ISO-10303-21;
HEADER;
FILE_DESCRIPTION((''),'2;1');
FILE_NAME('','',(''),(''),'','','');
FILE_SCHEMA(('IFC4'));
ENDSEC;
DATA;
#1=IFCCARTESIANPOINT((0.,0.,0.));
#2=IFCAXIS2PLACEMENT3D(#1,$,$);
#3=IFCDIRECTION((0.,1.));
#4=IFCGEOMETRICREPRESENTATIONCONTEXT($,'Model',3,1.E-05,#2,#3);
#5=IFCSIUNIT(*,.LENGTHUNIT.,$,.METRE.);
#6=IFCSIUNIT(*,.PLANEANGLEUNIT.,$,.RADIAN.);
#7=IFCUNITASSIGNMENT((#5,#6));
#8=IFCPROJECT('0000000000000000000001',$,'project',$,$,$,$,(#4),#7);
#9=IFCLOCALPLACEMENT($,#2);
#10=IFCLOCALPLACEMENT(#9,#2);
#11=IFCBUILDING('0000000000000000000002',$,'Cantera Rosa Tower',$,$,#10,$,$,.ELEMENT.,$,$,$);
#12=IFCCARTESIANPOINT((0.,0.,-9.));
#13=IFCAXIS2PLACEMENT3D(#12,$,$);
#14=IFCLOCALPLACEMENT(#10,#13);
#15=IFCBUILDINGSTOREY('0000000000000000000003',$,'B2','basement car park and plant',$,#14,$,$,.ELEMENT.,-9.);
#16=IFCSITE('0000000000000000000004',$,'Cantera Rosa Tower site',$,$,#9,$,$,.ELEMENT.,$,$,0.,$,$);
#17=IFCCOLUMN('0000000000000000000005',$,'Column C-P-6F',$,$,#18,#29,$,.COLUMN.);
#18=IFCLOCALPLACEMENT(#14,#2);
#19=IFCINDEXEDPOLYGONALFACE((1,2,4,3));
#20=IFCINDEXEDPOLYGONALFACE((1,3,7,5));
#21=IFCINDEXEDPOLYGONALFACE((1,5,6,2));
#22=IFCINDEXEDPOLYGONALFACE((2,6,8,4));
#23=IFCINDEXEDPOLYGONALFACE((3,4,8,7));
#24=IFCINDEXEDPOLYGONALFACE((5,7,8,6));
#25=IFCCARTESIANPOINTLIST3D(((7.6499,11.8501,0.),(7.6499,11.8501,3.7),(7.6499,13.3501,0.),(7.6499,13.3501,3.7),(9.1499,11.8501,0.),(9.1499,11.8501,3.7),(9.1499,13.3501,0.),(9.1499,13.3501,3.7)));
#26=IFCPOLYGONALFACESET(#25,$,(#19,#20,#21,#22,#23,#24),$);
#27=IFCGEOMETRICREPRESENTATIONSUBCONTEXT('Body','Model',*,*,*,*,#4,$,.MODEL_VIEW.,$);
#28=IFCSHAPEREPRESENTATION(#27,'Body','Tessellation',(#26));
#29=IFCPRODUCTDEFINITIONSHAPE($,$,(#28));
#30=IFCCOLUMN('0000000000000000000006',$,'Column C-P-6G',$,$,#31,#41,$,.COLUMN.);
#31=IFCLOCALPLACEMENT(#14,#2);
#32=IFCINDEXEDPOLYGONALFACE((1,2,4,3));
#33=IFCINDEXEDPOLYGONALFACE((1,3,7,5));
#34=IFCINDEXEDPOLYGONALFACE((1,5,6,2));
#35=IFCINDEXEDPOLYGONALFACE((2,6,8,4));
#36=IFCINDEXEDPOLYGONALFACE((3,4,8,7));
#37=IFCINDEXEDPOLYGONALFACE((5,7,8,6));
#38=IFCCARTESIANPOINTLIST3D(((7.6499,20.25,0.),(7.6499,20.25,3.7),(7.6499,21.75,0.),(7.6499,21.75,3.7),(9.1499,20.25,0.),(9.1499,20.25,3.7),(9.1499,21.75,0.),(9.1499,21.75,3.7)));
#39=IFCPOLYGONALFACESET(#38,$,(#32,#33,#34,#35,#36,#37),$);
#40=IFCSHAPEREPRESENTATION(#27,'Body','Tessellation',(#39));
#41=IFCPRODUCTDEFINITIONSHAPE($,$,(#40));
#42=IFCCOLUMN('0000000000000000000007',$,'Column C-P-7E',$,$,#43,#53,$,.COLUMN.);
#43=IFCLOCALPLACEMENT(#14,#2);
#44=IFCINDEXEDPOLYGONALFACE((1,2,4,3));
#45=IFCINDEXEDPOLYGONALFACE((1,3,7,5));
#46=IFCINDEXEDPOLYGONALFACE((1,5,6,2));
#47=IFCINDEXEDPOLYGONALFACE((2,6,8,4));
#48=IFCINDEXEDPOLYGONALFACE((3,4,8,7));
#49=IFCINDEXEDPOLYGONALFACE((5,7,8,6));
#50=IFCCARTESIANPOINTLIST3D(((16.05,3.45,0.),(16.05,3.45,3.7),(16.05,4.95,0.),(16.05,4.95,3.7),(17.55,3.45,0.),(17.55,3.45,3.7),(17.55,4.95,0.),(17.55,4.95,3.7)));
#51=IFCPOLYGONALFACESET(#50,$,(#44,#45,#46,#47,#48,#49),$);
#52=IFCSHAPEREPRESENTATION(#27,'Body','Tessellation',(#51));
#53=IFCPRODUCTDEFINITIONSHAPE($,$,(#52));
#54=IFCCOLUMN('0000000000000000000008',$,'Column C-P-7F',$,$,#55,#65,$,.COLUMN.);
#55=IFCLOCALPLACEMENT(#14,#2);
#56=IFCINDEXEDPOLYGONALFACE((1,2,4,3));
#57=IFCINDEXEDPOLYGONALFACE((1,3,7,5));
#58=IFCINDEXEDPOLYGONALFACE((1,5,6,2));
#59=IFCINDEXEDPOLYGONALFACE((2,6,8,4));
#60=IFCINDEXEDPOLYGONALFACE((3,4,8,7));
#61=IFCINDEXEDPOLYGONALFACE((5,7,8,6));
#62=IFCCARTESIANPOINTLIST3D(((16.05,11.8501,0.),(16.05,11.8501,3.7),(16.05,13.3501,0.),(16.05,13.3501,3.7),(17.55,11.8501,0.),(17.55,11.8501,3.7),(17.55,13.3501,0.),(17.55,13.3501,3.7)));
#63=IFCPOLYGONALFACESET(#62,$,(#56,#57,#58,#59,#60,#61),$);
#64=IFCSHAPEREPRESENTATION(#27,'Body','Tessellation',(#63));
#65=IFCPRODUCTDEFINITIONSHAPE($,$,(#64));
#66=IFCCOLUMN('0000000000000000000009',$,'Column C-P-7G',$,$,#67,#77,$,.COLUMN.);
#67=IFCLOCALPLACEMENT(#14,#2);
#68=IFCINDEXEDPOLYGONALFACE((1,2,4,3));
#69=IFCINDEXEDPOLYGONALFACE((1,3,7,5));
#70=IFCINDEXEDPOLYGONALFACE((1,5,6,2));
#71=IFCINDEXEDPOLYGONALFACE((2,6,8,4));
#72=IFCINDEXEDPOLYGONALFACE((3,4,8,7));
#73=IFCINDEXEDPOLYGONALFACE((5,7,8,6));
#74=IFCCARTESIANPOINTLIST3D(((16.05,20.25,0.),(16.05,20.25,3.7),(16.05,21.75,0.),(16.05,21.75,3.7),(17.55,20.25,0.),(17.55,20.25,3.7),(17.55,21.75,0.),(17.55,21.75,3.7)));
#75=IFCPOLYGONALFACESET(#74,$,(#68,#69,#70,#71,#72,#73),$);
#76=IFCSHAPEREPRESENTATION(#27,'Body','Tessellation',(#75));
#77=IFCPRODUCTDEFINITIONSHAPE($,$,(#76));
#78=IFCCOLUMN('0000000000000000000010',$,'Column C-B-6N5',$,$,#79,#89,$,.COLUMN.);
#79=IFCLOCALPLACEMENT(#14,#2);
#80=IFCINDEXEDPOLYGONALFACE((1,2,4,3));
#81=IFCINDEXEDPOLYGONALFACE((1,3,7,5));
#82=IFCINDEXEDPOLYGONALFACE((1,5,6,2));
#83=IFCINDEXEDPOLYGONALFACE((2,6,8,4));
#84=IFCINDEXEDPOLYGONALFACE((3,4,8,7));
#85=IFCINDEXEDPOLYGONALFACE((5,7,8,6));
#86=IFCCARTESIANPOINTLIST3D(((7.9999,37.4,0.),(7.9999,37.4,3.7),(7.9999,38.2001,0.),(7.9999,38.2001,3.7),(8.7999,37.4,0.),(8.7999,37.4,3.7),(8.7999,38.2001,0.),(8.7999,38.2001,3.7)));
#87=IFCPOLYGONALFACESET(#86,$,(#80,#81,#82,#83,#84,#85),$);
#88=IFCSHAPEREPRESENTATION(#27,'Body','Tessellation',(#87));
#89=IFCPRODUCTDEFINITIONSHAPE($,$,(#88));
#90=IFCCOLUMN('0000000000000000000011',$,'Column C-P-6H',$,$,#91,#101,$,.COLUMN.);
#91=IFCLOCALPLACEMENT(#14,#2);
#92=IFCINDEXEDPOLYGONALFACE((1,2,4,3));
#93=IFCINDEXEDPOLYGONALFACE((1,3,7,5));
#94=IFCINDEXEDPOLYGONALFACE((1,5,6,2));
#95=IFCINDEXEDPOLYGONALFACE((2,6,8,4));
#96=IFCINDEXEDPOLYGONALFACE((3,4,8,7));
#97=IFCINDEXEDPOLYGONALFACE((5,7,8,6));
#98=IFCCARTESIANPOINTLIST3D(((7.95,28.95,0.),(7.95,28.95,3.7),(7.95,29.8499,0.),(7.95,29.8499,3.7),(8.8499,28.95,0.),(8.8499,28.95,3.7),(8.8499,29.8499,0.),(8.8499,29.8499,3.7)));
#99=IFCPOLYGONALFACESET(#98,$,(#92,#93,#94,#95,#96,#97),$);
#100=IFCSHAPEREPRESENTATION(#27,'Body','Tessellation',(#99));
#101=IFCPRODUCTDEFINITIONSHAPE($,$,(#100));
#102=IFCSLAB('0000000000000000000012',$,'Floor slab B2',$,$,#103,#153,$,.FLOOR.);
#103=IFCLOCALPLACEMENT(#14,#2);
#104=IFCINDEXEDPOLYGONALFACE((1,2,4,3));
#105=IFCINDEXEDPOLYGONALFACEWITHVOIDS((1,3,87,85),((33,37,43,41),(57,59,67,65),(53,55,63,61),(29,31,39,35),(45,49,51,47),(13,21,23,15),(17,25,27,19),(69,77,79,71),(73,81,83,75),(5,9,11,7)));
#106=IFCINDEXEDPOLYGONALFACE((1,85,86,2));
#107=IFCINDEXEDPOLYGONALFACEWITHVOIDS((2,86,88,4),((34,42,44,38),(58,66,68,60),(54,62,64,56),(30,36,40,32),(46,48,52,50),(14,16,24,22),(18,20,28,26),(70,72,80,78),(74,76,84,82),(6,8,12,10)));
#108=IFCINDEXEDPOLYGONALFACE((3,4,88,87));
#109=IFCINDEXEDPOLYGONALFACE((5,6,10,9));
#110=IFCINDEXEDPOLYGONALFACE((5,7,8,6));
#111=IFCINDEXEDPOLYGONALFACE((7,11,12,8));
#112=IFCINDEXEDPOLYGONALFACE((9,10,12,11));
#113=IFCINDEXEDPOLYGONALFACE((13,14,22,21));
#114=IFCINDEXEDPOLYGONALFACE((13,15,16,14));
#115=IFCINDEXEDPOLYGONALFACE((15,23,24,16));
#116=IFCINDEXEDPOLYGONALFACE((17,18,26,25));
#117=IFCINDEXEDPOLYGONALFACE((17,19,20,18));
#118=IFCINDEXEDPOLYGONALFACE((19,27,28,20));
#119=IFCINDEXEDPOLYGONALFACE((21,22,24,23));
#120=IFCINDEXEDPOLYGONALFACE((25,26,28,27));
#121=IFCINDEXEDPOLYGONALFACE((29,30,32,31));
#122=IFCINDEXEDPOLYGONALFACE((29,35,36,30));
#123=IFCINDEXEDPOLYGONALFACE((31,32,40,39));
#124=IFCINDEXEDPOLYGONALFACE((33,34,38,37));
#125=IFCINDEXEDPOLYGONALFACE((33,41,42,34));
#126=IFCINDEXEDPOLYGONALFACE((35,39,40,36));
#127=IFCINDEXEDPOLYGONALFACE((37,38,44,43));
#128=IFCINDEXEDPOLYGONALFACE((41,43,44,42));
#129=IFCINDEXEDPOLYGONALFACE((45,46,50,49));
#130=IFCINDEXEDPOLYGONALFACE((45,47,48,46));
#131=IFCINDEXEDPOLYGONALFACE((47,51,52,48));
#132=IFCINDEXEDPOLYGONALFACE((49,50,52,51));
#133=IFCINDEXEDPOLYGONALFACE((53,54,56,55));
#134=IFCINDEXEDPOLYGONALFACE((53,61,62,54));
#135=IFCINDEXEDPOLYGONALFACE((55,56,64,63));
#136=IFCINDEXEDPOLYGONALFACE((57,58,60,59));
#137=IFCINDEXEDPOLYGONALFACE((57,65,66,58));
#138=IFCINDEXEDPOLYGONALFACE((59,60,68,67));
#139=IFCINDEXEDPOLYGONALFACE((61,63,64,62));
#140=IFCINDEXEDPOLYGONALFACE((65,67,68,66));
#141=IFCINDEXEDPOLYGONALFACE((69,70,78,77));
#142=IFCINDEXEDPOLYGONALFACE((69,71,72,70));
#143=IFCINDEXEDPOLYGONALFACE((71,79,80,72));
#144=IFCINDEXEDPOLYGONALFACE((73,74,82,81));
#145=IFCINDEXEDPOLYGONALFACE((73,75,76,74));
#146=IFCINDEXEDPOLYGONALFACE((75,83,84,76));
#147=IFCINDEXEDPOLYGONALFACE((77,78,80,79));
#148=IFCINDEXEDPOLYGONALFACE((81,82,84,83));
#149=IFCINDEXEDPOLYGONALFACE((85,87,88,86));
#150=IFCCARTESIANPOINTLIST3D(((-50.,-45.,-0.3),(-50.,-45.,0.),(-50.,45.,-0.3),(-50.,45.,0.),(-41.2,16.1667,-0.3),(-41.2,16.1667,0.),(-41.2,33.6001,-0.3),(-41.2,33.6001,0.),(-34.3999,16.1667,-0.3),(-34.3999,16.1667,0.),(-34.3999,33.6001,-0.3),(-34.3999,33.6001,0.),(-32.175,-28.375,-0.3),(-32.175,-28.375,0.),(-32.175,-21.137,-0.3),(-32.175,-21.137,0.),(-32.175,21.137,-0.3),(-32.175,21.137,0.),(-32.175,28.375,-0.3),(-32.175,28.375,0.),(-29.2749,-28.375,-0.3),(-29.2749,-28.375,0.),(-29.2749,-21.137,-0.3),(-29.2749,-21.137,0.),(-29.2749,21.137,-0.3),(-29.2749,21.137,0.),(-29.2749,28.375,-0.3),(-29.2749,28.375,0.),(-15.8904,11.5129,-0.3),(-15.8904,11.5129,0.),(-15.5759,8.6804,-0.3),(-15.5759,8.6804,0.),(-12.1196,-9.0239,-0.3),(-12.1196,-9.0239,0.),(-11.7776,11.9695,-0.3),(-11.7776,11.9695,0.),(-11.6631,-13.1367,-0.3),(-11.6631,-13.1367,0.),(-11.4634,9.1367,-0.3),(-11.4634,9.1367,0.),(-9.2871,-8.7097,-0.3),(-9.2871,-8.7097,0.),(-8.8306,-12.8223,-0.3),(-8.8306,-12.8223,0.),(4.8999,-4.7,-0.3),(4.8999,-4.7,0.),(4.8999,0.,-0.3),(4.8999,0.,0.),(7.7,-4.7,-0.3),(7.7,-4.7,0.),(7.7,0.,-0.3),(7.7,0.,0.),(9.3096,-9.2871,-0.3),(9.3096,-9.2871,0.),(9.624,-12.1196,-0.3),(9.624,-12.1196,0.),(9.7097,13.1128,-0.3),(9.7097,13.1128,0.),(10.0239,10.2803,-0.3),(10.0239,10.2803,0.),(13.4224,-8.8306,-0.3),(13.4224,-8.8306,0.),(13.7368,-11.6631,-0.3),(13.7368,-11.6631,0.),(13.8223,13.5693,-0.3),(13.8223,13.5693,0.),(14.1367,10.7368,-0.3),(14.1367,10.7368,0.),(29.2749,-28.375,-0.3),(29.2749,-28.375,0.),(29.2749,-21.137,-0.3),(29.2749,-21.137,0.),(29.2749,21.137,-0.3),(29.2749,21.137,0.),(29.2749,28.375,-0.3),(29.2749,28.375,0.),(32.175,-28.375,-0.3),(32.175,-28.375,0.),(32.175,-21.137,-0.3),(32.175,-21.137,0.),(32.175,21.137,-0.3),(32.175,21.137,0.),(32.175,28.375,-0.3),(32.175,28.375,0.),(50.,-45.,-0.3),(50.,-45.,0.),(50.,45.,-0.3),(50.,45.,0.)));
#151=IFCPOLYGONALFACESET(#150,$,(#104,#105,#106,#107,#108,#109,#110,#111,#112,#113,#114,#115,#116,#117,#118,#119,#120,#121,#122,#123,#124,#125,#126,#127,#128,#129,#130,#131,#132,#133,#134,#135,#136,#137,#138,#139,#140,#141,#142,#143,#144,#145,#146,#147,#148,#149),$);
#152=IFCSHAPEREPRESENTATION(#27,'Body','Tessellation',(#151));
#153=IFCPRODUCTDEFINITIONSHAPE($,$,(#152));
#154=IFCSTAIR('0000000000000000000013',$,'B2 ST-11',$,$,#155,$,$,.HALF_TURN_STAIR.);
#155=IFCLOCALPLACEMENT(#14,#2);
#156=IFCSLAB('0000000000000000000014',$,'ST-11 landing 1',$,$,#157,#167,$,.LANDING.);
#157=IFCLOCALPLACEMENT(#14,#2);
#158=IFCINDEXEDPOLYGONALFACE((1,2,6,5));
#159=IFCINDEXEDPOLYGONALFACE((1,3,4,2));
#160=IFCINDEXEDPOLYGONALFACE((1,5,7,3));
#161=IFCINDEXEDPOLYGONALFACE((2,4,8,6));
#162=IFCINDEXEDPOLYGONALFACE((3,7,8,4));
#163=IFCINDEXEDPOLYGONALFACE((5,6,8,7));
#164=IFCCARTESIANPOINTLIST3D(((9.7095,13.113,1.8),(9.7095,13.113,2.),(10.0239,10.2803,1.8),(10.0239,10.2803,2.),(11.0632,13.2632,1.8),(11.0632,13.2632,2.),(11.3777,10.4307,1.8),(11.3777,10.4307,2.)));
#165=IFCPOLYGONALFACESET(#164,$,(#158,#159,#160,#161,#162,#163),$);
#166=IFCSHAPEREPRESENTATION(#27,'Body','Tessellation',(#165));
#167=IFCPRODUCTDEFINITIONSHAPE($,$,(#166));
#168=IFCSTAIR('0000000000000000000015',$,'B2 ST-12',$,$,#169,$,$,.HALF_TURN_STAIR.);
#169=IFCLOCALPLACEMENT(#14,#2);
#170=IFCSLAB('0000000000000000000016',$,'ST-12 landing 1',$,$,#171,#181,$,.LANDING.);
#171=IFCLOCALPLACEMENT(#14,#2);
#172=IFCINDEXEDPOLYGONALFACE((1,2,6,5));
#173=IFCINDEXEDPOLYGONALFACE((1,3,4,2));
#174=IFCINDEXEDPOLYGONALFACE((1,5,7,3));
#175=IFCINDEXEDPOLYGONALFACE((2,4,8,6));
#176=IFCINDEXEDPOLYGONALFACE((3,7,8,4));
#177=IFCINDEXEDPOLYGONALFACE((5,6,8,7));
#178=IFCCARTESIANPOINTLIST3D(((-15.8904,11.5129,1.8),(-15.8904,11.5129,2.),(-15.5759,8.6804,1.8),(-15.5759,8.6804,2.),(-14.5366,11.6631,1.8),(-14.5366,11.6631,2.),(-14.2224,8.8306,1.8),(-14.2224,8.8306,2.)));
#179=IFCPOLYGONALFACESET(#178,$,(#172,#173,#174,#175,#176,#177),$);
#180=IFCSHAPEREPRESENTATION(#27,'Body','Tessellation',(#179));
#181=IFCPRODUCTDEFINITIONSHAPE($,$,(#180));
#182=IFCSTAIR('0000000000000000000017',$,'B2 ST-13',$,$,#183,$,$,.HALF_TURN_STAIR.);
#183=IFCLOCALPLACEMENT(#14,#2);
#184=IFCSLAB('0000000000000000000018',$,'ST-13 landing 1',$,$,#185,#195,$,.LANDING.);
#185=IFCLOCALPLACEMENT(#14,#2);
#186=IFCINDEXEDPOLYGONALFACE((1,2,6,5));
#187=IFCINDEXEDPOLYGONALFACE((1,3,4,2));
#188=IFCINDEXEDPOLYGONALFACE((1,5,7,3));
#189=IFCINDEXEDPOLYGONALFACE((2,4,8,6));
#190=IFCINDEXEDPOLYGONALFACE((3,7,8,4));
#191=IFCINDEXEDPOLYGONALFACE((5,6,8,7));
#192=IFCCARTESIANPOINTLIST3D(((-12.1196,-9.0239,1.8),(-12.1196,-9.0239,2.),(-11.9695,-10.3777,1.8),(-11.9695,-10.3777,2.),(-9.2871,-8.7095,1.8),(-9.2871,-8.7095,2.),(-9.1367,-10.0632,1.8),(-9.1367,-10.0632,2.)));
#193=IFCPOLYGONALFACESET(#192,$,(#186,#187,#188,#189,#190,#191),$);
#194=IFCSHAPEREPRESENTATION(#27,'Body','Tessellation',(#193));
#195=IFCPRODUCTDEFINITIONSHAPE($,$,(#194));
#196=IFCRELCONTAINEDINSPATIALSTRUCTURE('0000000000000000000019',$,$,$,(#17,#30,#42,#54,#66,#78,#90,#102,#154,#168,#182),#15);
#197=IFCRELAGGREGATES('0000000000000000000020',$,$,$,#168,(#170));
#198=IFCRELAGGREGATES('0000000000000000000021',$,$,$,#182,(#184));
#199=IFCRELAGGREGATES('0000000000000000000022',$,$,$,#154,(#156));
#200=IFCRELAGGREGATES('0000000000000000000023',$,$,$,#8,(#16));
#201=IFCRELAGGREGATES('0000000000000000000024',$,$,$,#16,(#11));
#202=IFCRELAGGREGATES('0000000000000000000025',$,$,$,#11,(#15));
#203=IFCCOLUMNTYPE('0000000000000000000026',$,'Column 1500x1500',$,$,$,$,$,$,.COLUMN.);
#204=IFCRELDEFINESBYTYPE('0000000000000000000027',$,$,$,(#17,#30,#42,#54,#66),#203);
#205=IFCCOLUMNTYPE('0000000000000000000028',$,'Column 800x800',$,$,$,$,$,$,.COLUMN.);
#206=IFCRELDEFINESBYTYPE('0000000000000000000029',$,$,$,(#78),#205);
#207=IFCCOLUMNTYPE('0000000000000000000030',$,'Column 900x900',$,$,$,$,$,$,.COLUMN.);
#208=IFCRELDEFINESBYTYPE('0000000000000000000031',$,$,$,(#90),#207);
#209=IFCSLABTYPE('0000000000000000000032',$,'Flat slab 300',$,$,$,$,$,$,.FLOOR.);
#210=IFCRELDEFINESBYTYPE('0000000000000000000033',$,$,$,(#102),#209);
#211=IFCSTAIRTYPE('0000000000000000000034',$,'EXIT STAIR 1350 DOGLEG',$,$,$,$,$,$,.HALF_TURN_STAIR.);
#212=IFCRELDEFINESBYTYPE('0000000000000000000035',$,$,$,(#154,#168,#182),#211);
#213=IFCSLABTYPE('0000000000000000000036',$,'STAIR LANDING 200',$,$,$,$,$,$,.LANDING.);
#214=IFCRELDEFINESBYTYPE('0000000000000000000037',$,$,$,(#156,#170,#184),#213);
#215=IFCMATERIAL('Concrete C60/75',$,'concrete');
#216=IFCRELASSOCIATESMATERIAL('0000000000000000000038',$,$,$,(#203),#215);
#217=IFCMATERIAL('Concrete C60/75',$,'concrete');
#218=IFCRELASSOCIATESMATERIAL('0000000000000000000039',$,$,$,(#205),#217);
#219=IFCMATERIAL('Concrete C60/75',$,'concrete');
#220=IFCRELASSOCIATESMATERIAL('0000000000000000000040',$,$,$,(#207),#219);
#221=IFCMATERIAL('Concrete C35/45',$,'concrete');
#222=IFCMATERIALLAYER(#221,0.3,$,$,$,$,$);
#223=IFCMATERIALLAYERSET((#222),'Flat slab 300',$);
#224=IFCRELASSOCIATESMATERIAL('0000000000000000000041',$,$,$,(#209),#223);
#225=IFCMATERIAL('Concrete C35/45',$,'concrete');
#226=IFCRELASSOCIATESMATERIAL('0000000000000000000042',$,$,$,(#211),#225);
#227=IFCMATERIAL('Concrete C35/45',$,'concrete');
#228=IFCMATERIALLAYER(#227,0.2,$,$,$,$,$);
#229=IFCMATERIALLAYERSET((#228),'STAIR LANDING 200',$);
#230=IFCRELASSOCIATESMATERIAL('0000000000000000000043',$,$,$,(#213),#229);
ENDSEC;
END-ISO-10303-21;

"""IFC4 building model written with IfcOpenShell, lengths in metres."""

from ifc_helpers import new_model, si_unit, direction, frame, origin, origin_2d, place, context, subcontext, project, spatial, polyline, rectangle, outline, extrude, material, layer, layer_set, material_profile, profile_set, type_object, element, aggregate, save


model = new_model("IFC4")

# Units and contexts
model_context = context("Model", 3, precision=1e-05, world=origin(), true_north=direction((0.0, 1.0)))
body_context = subcontext(model_context, "Body", "Model", "MODEL_VIEW")
ifc_project = project(units=[si_unit("LENGTHUNIT", "METRE"), si_unit("PLANEANGLEUNIT", "RADIAN")], contexts=[model_context])

# Site, building, storey
site_placement = place(None, origin())
site = spatial("IfcSite", under=ifc_project, at=site_placement, Name="Cantera Rosa Tower site", CompositionType="ELEMENT", RefElevation=0.0)
building_placement = place(site_placement, origin())
building = spatial("IfcBuilding", under=site, at=building_placement, Name="Cantera Rosa Tower", CompositionType="ELEMENT")
storey_placement = place(building_placement, frame((0.0, 0.0, -9.0)))
storey = spatial("IfcBuildingStorey", under=building, at=storey_placement, Name="B2", Description="basement car park and plant", CompositionType="ELEMENT", Elevation=-9.0)

# Columns
ifc_material_1 = material(Name="Concrete C60/75", Category="concrete")
ifc_material_profile_1 = material_profile(ifc_material_1, rectangle(XDim=1.5, YDim=1.5, at=origin_2d()), Name="Column 1500x1500")
ifc_profile_set_1 = profile_set([ifc_material_profile_1], Name="Concrete C60/75")
column_type_1 = type_object("IfcColumnType", Name="Column 1500x1500", PredefinedType="COLUMN", material=ifc_profile_set_1)
for number, where, z_axis, x_axis, name in (
    (1, (8.3999, 12.6001, 0.0), (0.0, 0.0, 1.0), (1.0, 0.0, 0.0), "Column C-P-6F"),
    (2, (8.3999, 21.0, 0.0), (0.0, 0.0, 1.0), (1.0, 0.0, 0.0), "Column C-P-6G"),
    (3, (16.8, 4.2, 0.0), (0.0, 0.0, 1.0), (1.0, 0.0, 0.0), "Column C-P-7E"),
    (4, (16.8, 12.6001, 0.0), (0.0, 0.0, 1.0), (1.0, 0.0, 0.0), "Column C-P-7F"),
    (5, (16.8, 21.0, 0.0), (0.0, 0.0, 1.0), (1.0, 0.0, 0.0), "Column C-P-7G"),
):
    element("IfcColumn", number, at=place(storey_placement, frame(where, z_axis=z_axis, x_axis=x_axis)), inside=storey, type_object=column_type_1, Name=name, PredefinedType="COLUMN", context=body_context, shape_type="SweptSolid", body=[
        extrude(rectangle(XDim=1.5, YDim=1.5, at=origin_2d()), origin(), (0.0, 0.0, 1.0), 3.7),
    ])
ifc_material_2 = material(Name="Concrete C60/75", Category="concrete")
ifc_material_profile_2 = material_profile(ifc_material_2, rectangle(XDim=0.8, YDim=0.8, at=origin_2d()), Name="Column 800x800")
ifc_profile_set_2 = profile_set([ifc_material_profile_2], Name="Concrete C60/75")
column_type_2 = type_object("IfcColumnType", Name="Column 800x800", PredefinedType="COLUMN", material=ifc_profile_set_2)
column_1_placement = place(storey_placement, frame((8.3999, 37.8, 0.0), z_axis=(0.0, 0.0, 1.0), x_axis=(1.0, 0.0, 0.0)))
element("IfcColumn", 6, at=column_1_placement, inside=storey, type_object=column_type_2, Name="Column C-B-6N5", PredefinedType="COLUMN", context=body_context, shape_type="SweptSolid", body=[
    extrude(rectangle(XDim=0.8, YDim=0.8, at=origin_2d()), origin(), (0.0, 0.0, 1.0), 3.7),
])
ifc_material_3 = material(Name="Concrete C60/75", Category="concrete")
ifc_material_profile_3 = material_profile(ifc_material_3, rectangle(XDim=0.8999, YDim=0.8999, at=origin_2d()), Name="Column 900x900")
ifc_profile_set_3 = profile_set([ifc_material_profile_3], Name="Concrete C60/75")
column_type_3 = type_object("IfcColumnType", Name="Column 900x900", PredefinedType="COLUMN", material=ifc_profile_set_3)
column_2_placement = place(storey_placement, frame((8.3999, 29.3999, 0.0), z_axis=(0.0, 0.0, 1.0), x_axis=(1.0, 0.0, 0.0)))
element("IfcColumn", 7, at=column_2_placement, inside=storey, type_object=column_type_3, Name="Column C-P-6H", PredefinedType="COLUMN", context=body_context, shape_type="SweptSolid", body=[
    extrude(rectangle(XDim=0.8999, YDim=0.8999, at=origin_2d()), origin(), (0.0, 0.0, 1.0), 3.7),
])

# Slab
ifc_material_4 = material(Name="Concrete C35/45", Category="concrete")
ifc_layer_1 = layer(ifc_material_4, 0.3)
ifc_layer_set_1 = layer_set([ifc_layer_1], Name="Flat slab 300")
slab_type_1 = type_object("IfcSlabType", Name="Flat slab 300", PredefinedType="FLOOR", material=ifc_layer_set_1)
slab_1_placement = place(storey_placement, frame((0.0, 0.0, -0.3)))
element("IfcSlab", 8, at=slab_1_placement, inside=storey, type_object=slab_type_1, Name="Floor slab B2", PredefinedType="FLOOR", context=body_context, shape_type="SweptSolid", body=[
    extrude(outline(polyline([(-50.0, -45.0), (50.0, -45.0), (50.0, 45.0), (-50.0, 45.0), (-50.0, -45.0)]), holes=[polyline([(29.2749, -28.375), (32.175, -28.375), (32.175, -21.137), (29.2749, -21.137), (29.2749, -28.375)]), polyline([(32.175, 28.375), (29.2749, 28.375), (29.2749, 21.137), (32.175, 21.137), (32.175, 28.375)]), polyline([(9.7097, 13.1128), (10.0239, 10.2803), (14.1367, 10.7368), (13.8223, 13.5693), (9.7097, 13.1128)]), polyline([(9.3096, -9.2871), (9.624, -12.1196), (13.7368, -11.6631), (13.4224, -8.8306), (9.3096, -9.2871)]), polyline([(4.8999, -4.7), (7.7, -4.7), (7.7, 0.0), (4.8999, 0.0), (4.8999, -4.7)]), polyline([(-12.1196, -9.0239), (-11.6631, -13.1367), (-8.8306, -12.8223), (-9.2871, -8.7097), (-12.1196, -9.0239)]), polyline([(-15.8904, 11.5129), (-15.5759, 8.6804), (-11.4634, 9.1367), (-11.7776, 11.9695), (-15.8904, 11.5129)]), polyline([(-29.2749, -28.375), (-29.2749, -21.137), (-32.175, -21.137), (-32.175, -28.375), (-29.2749, -28.375)]), polyline([(-29.2749, 28.375), (-32.175, 28.375), (-32.175, 21.137), (-29.2749, 21.137), (-29.2749, 28.375)]), polyline([(-41.2, 33.6001), (-41.2, 16.1667), (-34.3999, 16.1667), (-34.3999, 33.6001), (-41.2, 33.6001)])]), origin(), (0.0, 0.0, 1.0), 0.3),
])

# Stairs, slabs
ifc_material_5 = material(Name="Concrete C35/45", Category="concrete")
stair_type_1 = type_object("IfcStairType", Name="EXIT STAIR 1350 DOGLEG", PredefinedType="HALF_TURN_STAIR", material=ifc_material_5)
stair_1_placement = place(storey_placement, origin())
stair_1 = element("IfcStair", 9, at=stair_1_placement, inside=storey, type_object=stair_type_1, Name="B2 ST-11", PredefinedType="HALF_TURN_STAIR")
ifc_material_6 = material(Name="Concrete C35/45", Category="concrete")
ifc_layer_2 = layer(ifc_material_6, 0.2)
ifc_layer_set_2 = layer_set([ifc_layer_2], Name="STAIR LANDING 200")
slab_type_2 = type_object("IfcSlabType", Name="STAIR LANDING 200", PredefinedType="LANDING", material=ifc_layer_set_2)
slab_2_placement = place(storey_placement, frame((0.0, 0.0, 1.8)))
slab_2 = element("IfcSlab", 10, at=slab_2_placement, type_object=slab_type_2, Name="ST-11 landing 1", PredefinedType="LANDING", context=body_context, shape_type="SweptSolid", body=[
    extrude(outline(polyline([(11.0632, 13.2632), (9.7095, 13.113), (10.0239, 10.2803), (11.3777, 10.4307), (11.0632, 13.2632)])), origin(), (0.0, 0.0, 1.0), 0.2),
])
stair_2_placement = place(storey_placement, origin())
stair_2 = element("IfcStair", 11, at=stair_2_placement, inside=storey, type_object=stair_type_1, Name="B2 ST-12", PredefinedType="HALF_TURN_STAIR")
slab_3_placement = place(storey_placement, frame((0.0, 0.0, 1.8)))
slab_3 = element("IfcSlab", 12, at=slab_3_placement, type_object=slab_type_2, Name="ST-12 landing 1", PredefinedType="LANDING", context=body_context, shape_type="SweptSolid", body=[
    extrude(outline(polyline([(-14.5366, 11.6631), (-15.8904, 11.5129), (-15.5759, 8.6804), (-14.2224, 8.8306), (-14.5366, 11.6631)])), origin(), (0.0, 0.0, 1.0), 0.2),
])
aggregate(stair_2, [slab_3])
stair_3_placement = place(storey_placement, origin())
stair_3 = element("IfcStair", 13, at=stair_3_placement, inside=storey, type_object=stair_type_1, Name="B2 ST-13", PredefinedType="HALF_TURN_STAIR")
slab_4_placement = place(storey_placement, frame((0.0, 0.0, 1.8)))
slab_4 = element("IfcSlab", 14, at=slab_4_placement, type_object=slab_type_2, Name="ST-13 landing 1", PredefinedType="LANDING", context=body_context, shape_type="SweptSolid", body=[
    extrude(outline(polyline([(-9.1367, -10.0632), (-9.2871, -8.7095), (-12.1196, -9.0239), (-11.9695, -10.3777), (-9.1367, -10.0632)])), origin(), (0.0, 0.0, 1.0), 0.2),
])
aggregate(stair_3, [slab_4])

aggregate(stair_1, [slab_2])

save(model, "model.ifc")
